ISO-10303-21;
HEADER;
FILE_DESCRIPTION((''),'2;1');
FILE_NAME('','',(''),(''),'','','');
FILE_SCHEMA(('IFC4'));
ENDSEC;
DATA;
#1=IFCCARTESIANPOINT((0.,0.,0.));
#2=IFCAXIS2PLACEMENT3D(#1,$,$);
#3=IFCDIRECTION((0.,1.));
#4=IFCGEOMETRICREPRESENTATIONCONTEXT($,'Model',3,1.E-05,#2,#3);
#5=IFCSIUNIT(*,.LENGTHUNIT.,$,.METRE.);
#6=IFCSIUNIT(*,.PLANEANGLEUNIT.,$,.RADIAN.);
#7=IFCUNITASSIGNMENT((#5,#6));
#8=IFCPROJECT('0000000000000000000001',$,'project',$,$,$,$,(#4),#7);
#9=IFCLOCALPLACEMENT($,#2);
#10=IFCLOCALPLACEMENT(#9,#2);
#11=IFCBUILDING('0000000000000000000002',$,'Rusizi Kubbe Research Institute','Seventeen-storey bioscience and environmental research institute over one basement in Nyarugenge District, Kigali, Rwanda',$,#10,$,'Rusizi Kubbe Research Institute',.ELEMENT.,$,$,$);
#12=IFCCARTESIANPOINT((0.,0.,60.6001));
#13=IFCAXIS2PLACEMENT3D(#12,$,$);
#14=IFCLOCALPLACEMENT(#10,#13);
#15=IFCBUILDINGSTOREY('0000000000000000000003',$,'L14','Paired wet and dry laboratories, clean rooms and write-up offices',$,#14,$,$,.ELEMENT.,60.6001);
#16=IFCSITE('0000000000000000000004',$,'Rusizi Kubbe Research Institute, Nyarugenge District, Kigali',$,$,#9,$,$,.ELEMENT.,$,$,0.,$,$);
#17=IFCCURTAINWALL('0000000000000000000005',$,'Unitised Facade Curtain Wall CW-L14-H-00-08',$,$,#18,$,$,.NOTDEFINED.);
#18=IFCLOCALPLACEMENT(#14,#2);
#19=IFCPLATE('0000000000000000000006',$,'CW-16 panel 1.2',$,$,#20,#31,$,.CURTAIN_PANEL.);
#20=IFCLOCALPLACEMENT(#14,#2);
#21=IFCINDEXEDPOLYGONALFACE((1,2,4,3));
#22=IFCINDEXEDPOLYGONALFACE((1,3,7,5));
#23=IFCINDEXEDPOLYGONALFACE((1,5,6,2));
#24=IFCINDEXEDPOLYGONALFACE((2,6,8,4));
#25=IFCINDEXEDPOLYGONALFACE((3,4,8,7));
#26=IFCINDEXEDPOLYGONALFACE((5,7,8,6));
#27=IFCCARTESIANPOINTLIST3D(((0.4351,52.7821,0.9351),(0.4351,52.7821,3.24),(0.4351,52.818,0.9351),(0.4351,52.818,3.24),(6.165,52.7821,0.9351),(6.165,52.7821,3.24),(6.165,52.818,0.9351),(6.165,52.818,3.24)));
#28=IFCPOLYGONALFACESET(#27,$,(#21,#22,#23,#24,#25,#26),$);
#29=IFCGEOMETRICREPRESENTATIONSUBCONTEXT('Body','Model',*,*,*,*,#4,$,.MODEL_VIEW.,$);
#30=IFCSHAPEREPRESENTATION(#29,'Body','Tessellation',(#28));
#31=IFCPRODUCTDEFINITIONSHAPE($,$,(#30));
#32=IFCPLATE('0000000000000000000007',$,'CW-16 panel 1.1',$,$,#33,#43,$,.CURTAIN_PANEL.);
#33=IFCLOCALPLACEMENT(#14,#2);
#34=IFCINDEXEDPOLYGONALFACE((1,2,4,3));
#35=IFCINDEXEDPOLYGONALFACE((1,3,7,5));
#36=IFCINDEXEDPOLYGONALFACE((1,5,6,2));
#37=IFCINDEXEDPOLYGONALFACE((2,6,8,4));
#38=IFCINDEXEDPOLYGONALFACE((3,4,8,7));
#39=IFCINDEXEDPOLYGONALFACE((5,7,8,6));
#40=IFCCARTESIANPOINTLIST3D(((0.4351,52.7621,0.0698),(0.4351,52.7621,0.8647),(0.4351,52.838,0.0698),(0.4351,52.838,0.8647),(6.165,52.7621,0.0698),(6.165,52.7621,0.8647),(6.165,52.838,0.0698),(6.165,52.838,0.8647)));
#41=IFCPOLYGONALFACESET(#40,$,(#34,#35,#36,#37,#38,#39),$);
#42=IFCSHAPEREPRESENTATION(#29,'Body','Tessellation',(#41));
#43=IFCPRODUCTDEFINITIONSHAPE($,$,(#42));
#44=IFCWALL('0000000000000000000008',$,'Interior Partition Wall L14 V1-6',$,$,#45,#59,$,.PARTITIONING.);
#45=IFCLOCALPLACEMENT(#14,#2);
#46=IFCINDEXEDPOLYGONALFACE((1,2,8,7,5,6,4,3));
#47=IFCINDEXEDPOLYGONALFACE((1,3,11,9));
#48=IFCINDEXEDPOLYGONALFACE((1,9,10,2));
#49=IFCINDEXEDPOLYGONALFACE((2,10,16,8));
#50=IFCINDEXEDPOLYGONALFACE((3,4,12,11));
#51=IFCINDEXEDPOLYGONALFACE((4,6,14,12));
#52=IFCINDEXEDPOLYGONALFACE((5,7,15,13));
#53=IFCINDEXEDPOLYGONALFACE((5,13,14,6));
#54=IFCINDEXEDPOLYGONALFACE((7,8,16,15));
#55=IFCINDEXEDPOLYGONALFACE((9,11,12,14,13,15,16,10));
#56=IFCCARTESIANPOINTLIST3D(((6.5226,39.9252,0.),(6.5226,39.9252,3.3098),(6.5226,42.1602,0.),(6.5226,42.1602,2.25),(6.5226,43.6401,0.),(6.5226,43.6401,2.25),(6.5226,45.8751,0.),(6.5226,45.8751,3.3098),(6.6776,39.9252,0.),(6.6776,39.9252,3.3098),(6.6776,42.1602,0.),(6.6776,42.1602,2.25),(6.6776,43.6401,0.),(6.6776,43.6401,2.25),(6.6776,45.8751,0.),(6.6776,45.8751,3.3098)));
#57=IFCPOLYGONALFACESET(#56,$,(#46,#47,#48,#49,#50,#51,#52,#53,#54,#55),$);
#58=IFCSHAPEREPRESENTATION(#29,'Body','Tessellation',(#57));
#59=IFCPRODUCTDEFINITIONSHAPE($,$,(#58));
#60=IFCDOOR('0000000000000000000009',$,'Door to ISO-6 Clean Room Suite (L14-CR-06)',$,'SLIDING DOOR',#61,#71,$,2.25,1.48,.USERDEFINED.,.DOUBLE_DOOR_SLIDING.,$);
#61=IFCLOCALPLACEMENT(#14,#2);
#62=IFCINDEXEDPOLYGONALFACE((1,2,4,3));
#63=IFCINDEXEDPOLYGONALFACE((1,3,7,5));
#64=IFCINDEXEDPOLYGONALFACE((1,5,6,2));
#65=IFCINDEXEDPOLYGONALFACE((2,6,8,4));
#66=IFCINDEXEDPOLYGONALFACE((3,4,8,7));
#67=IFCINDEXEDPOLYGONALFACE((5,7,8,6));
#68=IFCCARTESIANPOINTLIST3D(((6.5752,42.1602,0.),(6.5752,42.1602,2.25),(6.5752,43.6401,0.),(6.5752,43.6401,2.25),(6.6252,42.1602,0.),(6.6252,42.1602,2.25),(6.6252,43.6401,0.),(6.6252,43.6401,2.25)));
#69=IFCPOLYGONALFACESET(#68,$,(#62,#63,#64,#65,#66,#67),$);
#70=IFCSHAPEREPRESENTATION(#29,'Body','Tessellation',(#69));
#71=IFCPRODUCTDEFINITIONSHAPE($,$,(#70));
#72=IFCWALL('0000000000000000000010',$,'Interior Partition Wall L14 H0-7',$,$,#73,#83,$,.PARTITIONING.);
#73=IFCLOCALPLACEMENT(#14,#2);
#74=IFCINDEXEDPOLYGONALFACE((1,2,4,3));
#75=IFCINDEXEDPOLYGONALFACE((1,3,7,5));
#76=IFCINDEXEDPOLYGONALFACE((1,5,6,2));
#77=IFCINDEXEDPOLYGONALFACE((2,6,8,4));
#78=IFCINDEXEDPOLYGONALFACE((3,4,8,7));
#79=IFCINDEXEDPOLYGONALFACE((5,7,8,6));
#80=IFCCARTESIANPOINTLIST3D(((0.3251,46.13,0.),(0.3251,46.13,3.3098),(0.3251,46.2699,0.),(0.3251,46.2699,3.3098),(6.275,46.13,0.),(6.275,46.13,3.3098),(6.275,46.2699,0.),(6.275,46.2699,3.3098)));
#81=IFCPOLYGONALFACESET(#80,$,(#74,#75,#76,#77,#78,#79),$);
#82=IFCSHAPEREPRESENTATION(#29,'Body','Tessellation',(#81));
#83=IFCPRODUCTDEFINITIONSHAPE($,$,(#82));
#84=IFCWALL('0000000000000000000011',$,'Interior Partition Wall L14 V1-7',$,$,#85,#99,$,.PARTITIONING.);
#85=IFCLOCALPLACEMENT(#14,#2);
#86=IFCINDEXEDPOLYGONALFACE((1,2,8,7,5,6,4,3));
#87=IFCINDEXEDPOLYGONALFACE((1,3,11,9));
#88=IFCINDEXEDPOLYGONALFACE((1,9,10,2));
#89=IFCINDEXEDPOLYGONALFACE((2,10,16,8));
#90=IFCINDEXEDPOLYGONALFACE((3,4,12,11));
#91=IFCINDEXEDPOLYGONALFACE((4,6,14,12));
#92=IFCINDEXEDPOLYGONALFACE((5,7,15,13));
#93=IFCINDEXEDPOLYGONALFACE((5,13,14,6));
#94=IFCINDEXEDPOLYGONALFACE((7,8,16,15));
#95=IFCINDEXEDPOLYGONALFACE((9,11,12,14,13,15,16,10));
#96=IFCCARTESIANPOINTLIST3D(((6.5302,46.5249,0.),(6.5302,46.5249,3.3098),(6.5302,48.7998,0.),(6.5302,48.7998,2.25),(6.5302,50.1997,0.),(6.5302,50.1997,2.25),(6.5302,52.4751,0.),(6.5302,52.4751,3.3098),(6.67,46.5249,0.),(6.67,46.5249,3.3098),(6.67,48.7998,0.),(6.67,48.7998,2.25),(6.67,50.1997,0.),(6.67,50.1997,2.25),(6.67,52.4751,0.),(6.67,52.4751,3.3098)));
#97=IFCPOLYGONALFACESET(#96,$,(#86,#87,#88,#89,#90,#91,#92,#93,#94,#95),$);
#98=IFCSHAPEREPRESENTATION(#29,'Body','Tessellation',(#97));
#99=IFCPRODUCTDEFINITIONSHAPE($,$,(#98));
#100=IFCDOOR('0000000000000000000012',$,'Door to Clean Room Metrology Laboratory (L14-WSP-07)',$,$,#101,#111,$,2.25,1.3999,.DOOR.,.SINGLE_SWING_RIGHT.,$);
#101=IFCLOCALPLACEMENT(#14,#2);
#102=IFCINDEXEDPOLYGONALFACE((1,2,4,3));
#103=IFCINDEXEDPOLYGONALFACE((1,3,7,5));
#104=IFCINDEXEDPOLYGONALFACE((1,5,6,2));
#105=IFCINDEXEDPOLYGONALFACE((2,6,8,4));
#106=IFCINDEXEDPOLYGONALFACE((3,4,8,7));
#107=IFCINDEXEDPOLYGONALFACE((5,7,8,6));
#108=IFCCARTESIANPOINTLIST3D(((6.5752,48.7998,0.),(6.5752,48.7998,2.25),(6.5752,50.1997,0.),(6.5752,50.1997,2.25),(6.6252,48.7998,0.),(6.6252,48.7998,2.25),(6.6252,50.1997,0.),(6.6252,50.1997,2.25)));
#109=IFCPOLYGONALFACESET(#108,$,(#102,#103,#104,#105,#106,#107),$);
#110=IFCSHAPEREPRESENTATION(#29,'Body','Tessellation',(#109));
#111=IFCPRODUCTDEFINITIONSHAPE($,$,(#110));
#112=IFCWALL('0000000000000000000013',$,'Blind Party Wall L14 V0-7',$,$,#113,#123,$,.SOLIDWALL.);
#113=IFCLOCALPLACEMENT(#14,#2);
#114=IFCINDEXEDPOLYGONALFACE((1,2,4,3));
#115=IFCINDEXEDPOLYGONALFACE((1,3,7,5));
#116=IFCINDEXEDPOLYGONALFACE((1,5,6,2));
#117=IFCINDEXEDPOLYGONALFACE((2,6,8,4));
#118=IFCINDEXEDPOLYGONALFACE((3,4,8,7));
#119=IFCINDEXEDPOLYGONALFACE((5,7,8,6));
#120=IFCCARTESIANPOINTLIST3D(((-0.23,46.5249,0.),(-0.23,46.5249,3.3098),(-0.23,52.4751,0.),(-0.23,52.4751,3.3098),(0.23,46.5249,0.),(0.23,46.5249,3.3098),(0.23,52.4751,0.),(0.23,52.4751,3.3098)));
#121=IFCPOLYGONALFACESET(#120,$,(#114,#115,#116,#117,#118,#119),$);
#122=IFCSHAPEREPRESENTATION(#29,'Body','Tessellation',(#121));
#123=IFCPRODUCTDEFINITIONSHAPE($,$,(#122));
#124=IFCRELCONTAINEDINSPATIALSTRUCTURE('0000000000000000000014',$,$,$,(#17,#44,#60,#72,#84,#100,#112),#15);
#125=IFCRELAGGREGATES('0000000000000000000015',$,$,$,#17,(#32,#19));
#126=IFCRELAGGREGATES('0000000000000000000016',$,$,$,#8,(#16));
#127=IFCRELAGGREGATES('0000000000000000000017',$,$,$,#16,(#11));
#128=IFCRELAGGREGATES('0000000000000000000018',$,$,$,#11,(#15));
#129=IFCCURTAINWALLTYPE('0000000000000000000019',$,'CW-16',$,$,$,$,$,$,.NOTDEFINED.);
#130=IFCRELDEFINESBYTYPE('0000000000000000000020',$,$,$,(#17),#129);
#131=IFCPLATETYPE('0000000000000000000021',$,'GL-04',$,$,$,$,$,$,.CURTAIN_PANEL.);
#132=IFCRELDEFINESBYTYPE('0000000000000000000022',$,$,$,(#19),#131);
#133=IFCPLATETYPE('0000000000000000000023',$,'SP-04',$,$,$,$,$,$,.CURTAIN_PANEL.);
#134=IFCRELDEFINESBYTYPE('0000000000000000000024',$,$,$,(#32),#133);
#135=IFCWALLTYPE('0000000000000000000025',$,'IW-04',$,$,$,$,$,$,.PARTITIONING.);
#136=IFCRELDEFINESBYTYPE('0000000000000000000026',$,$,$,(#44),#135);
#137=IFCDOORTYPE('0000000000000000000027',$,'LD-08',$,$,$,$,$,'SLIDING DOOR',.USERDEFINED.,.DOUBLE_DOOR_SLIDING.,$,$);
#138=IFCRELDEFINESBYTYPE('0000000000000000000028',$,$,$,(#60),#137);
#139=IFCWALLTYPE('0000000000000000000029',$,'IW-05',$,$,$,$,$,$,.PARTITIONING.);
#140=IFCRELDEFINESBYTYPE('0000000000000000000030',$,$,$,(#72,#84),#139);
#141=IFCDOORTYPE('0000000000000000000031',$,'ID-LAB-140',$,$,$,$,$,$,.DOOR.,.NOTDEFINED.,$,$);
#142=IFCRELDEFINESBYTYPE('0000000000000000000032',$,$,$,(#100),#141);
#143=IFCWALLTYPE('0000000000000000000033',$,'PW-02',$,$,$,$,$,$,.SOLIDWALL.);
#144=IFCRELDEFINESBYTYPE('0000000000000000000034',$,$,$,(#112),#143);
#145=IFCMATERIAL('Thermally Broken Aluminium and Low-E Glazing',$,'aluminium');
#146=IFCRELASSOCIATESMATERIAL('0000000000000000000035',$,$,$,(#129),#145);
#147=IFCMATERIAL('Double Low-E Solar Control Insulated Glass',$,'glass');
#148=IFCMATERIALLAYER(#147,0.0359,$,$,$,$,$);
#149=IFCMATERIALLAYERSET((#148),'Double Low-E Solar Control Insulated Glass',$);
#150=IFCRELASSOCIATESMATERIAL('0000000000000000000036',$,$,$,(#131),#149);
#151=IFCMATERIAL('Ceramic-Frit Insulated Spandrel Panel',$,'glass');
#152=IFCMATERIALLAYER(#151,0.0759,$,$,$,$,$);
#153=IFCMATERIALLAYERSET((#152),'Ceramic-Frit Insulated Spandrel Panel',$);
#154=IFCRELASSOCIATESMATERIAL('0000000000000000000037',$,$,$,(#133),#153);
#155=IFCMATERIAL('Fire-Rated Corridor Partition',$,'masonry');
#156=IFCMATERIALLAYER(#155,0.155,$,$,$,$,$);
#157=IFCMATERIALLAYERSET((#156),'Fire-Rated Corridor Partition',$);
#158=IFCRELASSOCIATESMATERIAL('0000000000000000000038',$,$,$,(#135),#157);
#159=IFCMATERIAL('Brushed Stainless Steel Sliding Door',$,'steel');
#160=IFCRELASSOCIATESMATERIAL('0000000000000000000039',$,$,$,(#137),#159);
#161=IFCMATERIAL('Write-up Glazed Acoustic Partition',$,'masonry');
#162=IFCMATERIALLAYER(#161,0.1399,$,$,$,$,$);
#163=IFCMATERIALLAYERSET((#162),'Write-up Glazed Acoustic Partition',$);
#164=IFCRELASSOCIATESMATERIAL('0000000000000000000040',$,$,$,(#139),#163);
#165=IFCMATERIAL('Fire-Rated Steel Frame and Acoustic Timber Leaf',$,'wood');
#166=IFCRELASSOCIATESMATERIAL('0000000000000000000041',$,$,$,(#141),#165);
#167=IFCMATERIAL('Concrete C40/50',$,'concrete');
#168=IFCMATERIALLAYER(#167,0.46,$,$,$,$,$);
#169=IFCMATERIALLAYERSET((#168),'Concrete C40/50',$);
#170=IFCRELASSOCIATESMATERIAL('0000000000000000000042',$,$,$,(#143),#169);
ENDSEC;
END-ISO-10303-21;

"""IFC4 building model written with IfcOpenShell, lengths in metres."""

from ifc_helpers import new_model, si_unit, direction, frame, frame_2d, origin, origin_2d, place, context, subcontext, project, spatial, rectangle, extrude, material, layer, layer_set, type_object, element, fill, aggregate, save


model = new_model("IFC4")

# Units and contexts
model_context = context("Model", 3, precision=1e-05, world=origin(), true_north=direction((0.0, 1.0)))
body_context = subcontext(model_context, "Body", "Model", "MODEL_VIEW")
ifc_project = project(units=[si_unit("LENGTHUNIT", "METRE"), si_unit("PLANEANGLEUNIT", "RADIAN")], contexts=[model_context])

# Site, building, storey
site_placement = place(None, origin())
site = spatial("IfcSite", under=ifc_project, at=site_placement, Name="Rusizi Kubbe Research Institute, Nyarugenge District, Kigali", CompositionType="ELEMENT", RefElevation=0.0)
building_placement = place(site_placement, origin())
building = spatial("IfcBuilding", under=site, at=building_placement, Name="Rusizi Kubbe Research Institute", Description="Seventeen-storey bioscience and environmental research institute over one basement in Nyarugenge District, Kigali, Rwanda", LongName="Rusizi Kubbe Research Institute", CompositionType="ELEMENT")
storey_placement = place(building_placement, frame((0.0, 0.0, 60.6001)))
storey = spatial("IfcBuildingStorey", under=building, at=storey_placement, Name="L14", Description="Paired wet and dry laboratories, clean rooms and write-up offices", CompositionType="ELEMENT", Elevation=60.6001)

# Curtain wall, plates
ifc_material_1 = material(Name="Thermally Broken Aluminium and Low-E Glazing", Category="aluminium")
curtain_wall_type = type_object("IfcCurtainWallType", Name="CW-16", PredefinedType="NOTDEFINED", material=ifc_material_1)
curtain_wall_placement = place(storey_placement, origin())
curtain_wall = element("IfcCurtainWall", 1, at=curtain_wall_placement, inside=storey, type_object=curtain_wall_type, Name="Unitised Facade Curtain Wall CW-L14-H-00-08", PredefinedType="NOTDEFINED")
ifc_material_2 = material(Name="Double Low-E Solar Control Insulated Glass", Category="glass")
ifc_layer_1 = layer(ifc_material_2, 0.0359)
ifc_layer_set_1 = layer_set([ifc_layer_1], Name="Double Low-E Solar Control Insulated Glass")
plate_type_1 = type_object("IfcPlateType", Name="GL-04", PredefinedType="CURTAIN_PANEL", material=ifc_layer_set_1)
plate_1_placement = place(storey_placement, frame((3.3, 52.8, 0.9351), z_axis=(0.0, 0.0, 1.0), x_axis=(1.0, 0.0, 0.0)))
plate_1 = element("IfcPlate", 2, at=plate_1_placement, type_object=plate_type_1, Name="CW-16 panel 1.2", PredefinedType="CURTAIN_PANEL", context=body_context, shape_type="SweptSolid", body=[
    extrude(rectangle(XDim=5.73, YDim=0.0359, at=origin_2d()), origin(), (0.0, 0.0, 1.0), 2.3049),
])
ifc_material_3 = material(Name="Ceramic-Frit Insulated Spandrel Panel", Category="glass")
ifc_layer_2 = layer(ifc_material_3, 0.0759)
ifc_layer_set_2 = layer_set([ifc_layer_2], Name="Ceramic-Frit Insulated Spandrel Panel")
plate_type_2 = type_object("IfcPlateType", Name="SP-04", PredefinedType="CURTAIN_PANEL", material=ifc_layer_set_2)
plate_2_placement = place(storey_placement, frame((3.3, 52.8, 0.0698), z_axis=(0.0, 0.0, 1.0), x_axis=(1.0, 0.0, 0.0)))
plate_2 = element("IfcPlate", 3, at=plate_2_placement, type_object=plate_type_2, Name="CW-16 panel 1.1", PredefinedType="CURTAIN_PANEL", context=body_context, shape_type="SweptSolid", body=[
    extrude(rectangle(XDim=5.73, YDim=0.0759, at=origin_2d()), origin(), (0.0, 0.0, 1.0), 0.7949),
])
aggregate(curtain_wall, [plate_2, plate_1])

# Wall, opening, door
ifc_material_4 = material(Name="Fire-Rated Corridor Partition", Category="masonry")
ifc_layer_3 = layer(ifc_material_4, 0.155)
ifc_layer_set_3 = layer_set([ifc_layer_3], Name="Fire-Rated Corridor Partition")
wall_type_1 = type_object("IfcWallType", Name="IW-04", PredefinedType="PARTITIONING", material=ifc_layer_set_3)
wall_1_placement = place(storey_placement, frame((6.6001, 39.925, 0.0), z_axis=(0.0, 0.0, 1.0), x_axis=(0.0, 1.0, 0.0)))
wall_1 = element("IfcWall", 4, at=wall_1_placement, inside=storey, type_object=wall_type_1, Name="Interior Partition Wall L14 V1-6", PredefinedType="PARTITIONING", context=body_context, shape_type="SweptSolid", body=[
    extrude(rectangle(XDim=5.95, YDim=0.155, at=frame_2d((2.9751, 0.0))), origin(), (0.0, 0.0, 1.0), 3.3098),
])
opening_1_placement = place(wall_1_placement, frame((2.2351, 0.0, 0.0)))
opening_1 = element("IfcOpeningElement", 5, at=opening_1_placement, cuts=wall_1, PredefinedType="OPENING", context=body_context, shape_type="SweptSolid", body=[
    extrude(rectangle(XDim=1.48, YDim=2.25, at=frame_2d((0.74, 1.125))), frame((0.0, 0.0874, 0.0), z_axis=(0.0, -1.0, 0.0), x_axis=(1.0, 0.0, 0.0)), (0.0, 0.0, 1.0), 0.175),
])
ifc_material_5 = material(Name="Brushed Stainless Steel Sliding Door", Category="steel")
door_type_1 = type_object("IfcDoorType", Name="LD-08", ElementType="SLIDING DOOR", OperationType="DOUBLE_DOOR_SLIDING", PredefinedType="USERDEFINED", material=ifc_material_5)
door_1_placement = place(opening_1_placement, origin())
door_1 = element("IfcDoor", 6, at=door_1_placement, inside=storey, type_object=door_type_1, Name="Door to ISO-6 Clean Room Suite (L14-CR-06)", ObjectType="SLIDING DOOR", OperationType="DOUBLE_DOOR_SLIDING", OverallHeight=2.25, OverallWidth=1.48, PredefinedType="USERDEFINED", context=body_context, shape_type="SweptSolid", body=[
    extrude(rectangle(XDim=1.48, YDim=2.25, at=frame_2d((0.74, 1.125))), frame((0.0, 0.0249, 0.0), z_axis=(0.0, -1.0, 0.0), x_axis=(1.0, 0.0, 0.0)), (0.0, 0.0, 1.0), 0.05),
])
fill(opening_1, door_1)

# Wall
ifc_material_6 = material(Name="Write-up Glazed Acoustic Partition", Category="masonry")
ifc_layer_4 = layer(ifc_material_6, 0.1399)
ifc_layer_set_4 = layer_set([ifc_layer_4], Name="Write-up Glazed Acoustic Partition")
wall_type_2 = type_object("IfcWallType", Name="IW-05", PredefinedType="PARTITIONING", material=ifc_layer_set_4)
wall_2_placement = place(storey_placement, frame((0.325, 46.2, 0.0), z_axis=(0.0, 0.0, 1.0), x_axis=(1.0, 0.0, 0.0)))
element("IfcWall", 7, at=wall_2_placement, inside=storey, type_object=wall_type_2, Name="Interior Partition Wall L14 H0-7", PredefinedType="PARTITIONING", context=body_context, shape_type="SweptSolid", body=[
    extrude(rectangle(XDim=5.95, YDim=0.1399, at=frame_2d((2.9751, 0.0))), origin(), (0.0, 0.0, 1.0), 3.3098),
])

# Wall, opening, door
wall_3_placement = place(storey_placement, frame((6.6001, 46.5249, 0.0), z_axis=(0.0, 0.0, 1.0), x_axis=(0.0, 1.0, 0.0)))
wall_3 = element("IfcWall", 8, at=wall_3_placement, inside=storey, type_object=wall_type_2, Name="Interior Partition Wall L14 V1-7", PredefinedType="PARTITIONING", context=body_context, shape_type="SweptSolid", body=[
    extrude(rectangle(XDim=5.9502, YDim=0.1399, at=frame_2d((2.9751, 0.0))), origin(), (0.0, 0.0, 1.0), 3.3098),
])
opening_2_placement = place(wall_3_placement, frame((2.2749, 0.0, 0.0)))
opening_2 = element("IfcOpeningElement", 9, at=opening_2_placement, cuts=wall_3, PredefinedType="OPENING", context=body_context, shape_type="SweptSolid", body=[
    extrude(rectangle(XDim=1.3999, YDim=2.25, at=frame_2d((0.7, 1.125))), frame((0.0, 0.0798, 0.0), z_axis=(0.0, -1.0, 0.0), x_axis=(1.0, 0.0, 0.0)), (0.0, 0.0, 1.0), 0.1599),
])
ifc_material_7 = material(Name="Fire-Rated Steel Frame and Acoustic Timber Leaf", Category="wood")
door_type_2 = type_object("IfcDoorType", Name="ID-LAB-140", OperationType="NOTDEFINED", PredefinedType="DOOR", material=ifc_material_7)
door_2_placement = place(opening_2_placement, origin())
door_2 = element("IfcDoor", 10, at=door_2_placement, inside=storey, type_object=door_type_2, Name="Door to Clean Room Metrology Laboratory (L14-WSP-07)", OperationType="SINGLE_SWING_RIGHT", OverallHeight=2.25, OverallWidth=1.3999, PredefinedType="DOOR", context=body_context, shape_type="SweptSolid", body=[
    extrude(rectangle(XDim=1.3999, YDim=2.25, at=frame_2d((0.7, 1.125))), frame((0.0, 0.0249, 0.0), z_axis=(0.0, -1.0, 0.0), x_axis=(1.0, 0.0, 0.0)), (0.0, 0.0, 1.0), 0.05),
])
fill(opening_2, door_2)

# Wall
ifc_material_8 = material(Name="Concrete C40/50", Category="concrete")
ifc_layer_5 = layer(ifc_material_8, 0.46)
ifc_layer_set_5 = layer_set([ifc_layer_5], Name="Concrete C40/50")
wall_type_3 = type_object("IfcWallType", Name="PW-02", PredefinedType="SOLIDWALL", material=ifc_layer_set_5)
wall_4_placement = place(storey_placement, frame((0.0, 46.5249, 0.0), z_axis=(0.0, 0.0, 1.0), x_axis=(0.0, 1.0, 0.0)))
element("IfcWall", 11, at=wall_4_placement, inside=storey, type_object=wall_type_3, Name="Blind Party Wall L14 V0-7", PredefinedType="SOLIDWALL", context=body_context, shape_type="SweptSolid", body=[
    extrude(rectangle(XDim=5.9502, YDim=0.46, at=frame_2d((2.9751, 0.0))), origin(), (0.0, 0.0, 1.0), 3.3098),
])

save(model, "model.ifc")
